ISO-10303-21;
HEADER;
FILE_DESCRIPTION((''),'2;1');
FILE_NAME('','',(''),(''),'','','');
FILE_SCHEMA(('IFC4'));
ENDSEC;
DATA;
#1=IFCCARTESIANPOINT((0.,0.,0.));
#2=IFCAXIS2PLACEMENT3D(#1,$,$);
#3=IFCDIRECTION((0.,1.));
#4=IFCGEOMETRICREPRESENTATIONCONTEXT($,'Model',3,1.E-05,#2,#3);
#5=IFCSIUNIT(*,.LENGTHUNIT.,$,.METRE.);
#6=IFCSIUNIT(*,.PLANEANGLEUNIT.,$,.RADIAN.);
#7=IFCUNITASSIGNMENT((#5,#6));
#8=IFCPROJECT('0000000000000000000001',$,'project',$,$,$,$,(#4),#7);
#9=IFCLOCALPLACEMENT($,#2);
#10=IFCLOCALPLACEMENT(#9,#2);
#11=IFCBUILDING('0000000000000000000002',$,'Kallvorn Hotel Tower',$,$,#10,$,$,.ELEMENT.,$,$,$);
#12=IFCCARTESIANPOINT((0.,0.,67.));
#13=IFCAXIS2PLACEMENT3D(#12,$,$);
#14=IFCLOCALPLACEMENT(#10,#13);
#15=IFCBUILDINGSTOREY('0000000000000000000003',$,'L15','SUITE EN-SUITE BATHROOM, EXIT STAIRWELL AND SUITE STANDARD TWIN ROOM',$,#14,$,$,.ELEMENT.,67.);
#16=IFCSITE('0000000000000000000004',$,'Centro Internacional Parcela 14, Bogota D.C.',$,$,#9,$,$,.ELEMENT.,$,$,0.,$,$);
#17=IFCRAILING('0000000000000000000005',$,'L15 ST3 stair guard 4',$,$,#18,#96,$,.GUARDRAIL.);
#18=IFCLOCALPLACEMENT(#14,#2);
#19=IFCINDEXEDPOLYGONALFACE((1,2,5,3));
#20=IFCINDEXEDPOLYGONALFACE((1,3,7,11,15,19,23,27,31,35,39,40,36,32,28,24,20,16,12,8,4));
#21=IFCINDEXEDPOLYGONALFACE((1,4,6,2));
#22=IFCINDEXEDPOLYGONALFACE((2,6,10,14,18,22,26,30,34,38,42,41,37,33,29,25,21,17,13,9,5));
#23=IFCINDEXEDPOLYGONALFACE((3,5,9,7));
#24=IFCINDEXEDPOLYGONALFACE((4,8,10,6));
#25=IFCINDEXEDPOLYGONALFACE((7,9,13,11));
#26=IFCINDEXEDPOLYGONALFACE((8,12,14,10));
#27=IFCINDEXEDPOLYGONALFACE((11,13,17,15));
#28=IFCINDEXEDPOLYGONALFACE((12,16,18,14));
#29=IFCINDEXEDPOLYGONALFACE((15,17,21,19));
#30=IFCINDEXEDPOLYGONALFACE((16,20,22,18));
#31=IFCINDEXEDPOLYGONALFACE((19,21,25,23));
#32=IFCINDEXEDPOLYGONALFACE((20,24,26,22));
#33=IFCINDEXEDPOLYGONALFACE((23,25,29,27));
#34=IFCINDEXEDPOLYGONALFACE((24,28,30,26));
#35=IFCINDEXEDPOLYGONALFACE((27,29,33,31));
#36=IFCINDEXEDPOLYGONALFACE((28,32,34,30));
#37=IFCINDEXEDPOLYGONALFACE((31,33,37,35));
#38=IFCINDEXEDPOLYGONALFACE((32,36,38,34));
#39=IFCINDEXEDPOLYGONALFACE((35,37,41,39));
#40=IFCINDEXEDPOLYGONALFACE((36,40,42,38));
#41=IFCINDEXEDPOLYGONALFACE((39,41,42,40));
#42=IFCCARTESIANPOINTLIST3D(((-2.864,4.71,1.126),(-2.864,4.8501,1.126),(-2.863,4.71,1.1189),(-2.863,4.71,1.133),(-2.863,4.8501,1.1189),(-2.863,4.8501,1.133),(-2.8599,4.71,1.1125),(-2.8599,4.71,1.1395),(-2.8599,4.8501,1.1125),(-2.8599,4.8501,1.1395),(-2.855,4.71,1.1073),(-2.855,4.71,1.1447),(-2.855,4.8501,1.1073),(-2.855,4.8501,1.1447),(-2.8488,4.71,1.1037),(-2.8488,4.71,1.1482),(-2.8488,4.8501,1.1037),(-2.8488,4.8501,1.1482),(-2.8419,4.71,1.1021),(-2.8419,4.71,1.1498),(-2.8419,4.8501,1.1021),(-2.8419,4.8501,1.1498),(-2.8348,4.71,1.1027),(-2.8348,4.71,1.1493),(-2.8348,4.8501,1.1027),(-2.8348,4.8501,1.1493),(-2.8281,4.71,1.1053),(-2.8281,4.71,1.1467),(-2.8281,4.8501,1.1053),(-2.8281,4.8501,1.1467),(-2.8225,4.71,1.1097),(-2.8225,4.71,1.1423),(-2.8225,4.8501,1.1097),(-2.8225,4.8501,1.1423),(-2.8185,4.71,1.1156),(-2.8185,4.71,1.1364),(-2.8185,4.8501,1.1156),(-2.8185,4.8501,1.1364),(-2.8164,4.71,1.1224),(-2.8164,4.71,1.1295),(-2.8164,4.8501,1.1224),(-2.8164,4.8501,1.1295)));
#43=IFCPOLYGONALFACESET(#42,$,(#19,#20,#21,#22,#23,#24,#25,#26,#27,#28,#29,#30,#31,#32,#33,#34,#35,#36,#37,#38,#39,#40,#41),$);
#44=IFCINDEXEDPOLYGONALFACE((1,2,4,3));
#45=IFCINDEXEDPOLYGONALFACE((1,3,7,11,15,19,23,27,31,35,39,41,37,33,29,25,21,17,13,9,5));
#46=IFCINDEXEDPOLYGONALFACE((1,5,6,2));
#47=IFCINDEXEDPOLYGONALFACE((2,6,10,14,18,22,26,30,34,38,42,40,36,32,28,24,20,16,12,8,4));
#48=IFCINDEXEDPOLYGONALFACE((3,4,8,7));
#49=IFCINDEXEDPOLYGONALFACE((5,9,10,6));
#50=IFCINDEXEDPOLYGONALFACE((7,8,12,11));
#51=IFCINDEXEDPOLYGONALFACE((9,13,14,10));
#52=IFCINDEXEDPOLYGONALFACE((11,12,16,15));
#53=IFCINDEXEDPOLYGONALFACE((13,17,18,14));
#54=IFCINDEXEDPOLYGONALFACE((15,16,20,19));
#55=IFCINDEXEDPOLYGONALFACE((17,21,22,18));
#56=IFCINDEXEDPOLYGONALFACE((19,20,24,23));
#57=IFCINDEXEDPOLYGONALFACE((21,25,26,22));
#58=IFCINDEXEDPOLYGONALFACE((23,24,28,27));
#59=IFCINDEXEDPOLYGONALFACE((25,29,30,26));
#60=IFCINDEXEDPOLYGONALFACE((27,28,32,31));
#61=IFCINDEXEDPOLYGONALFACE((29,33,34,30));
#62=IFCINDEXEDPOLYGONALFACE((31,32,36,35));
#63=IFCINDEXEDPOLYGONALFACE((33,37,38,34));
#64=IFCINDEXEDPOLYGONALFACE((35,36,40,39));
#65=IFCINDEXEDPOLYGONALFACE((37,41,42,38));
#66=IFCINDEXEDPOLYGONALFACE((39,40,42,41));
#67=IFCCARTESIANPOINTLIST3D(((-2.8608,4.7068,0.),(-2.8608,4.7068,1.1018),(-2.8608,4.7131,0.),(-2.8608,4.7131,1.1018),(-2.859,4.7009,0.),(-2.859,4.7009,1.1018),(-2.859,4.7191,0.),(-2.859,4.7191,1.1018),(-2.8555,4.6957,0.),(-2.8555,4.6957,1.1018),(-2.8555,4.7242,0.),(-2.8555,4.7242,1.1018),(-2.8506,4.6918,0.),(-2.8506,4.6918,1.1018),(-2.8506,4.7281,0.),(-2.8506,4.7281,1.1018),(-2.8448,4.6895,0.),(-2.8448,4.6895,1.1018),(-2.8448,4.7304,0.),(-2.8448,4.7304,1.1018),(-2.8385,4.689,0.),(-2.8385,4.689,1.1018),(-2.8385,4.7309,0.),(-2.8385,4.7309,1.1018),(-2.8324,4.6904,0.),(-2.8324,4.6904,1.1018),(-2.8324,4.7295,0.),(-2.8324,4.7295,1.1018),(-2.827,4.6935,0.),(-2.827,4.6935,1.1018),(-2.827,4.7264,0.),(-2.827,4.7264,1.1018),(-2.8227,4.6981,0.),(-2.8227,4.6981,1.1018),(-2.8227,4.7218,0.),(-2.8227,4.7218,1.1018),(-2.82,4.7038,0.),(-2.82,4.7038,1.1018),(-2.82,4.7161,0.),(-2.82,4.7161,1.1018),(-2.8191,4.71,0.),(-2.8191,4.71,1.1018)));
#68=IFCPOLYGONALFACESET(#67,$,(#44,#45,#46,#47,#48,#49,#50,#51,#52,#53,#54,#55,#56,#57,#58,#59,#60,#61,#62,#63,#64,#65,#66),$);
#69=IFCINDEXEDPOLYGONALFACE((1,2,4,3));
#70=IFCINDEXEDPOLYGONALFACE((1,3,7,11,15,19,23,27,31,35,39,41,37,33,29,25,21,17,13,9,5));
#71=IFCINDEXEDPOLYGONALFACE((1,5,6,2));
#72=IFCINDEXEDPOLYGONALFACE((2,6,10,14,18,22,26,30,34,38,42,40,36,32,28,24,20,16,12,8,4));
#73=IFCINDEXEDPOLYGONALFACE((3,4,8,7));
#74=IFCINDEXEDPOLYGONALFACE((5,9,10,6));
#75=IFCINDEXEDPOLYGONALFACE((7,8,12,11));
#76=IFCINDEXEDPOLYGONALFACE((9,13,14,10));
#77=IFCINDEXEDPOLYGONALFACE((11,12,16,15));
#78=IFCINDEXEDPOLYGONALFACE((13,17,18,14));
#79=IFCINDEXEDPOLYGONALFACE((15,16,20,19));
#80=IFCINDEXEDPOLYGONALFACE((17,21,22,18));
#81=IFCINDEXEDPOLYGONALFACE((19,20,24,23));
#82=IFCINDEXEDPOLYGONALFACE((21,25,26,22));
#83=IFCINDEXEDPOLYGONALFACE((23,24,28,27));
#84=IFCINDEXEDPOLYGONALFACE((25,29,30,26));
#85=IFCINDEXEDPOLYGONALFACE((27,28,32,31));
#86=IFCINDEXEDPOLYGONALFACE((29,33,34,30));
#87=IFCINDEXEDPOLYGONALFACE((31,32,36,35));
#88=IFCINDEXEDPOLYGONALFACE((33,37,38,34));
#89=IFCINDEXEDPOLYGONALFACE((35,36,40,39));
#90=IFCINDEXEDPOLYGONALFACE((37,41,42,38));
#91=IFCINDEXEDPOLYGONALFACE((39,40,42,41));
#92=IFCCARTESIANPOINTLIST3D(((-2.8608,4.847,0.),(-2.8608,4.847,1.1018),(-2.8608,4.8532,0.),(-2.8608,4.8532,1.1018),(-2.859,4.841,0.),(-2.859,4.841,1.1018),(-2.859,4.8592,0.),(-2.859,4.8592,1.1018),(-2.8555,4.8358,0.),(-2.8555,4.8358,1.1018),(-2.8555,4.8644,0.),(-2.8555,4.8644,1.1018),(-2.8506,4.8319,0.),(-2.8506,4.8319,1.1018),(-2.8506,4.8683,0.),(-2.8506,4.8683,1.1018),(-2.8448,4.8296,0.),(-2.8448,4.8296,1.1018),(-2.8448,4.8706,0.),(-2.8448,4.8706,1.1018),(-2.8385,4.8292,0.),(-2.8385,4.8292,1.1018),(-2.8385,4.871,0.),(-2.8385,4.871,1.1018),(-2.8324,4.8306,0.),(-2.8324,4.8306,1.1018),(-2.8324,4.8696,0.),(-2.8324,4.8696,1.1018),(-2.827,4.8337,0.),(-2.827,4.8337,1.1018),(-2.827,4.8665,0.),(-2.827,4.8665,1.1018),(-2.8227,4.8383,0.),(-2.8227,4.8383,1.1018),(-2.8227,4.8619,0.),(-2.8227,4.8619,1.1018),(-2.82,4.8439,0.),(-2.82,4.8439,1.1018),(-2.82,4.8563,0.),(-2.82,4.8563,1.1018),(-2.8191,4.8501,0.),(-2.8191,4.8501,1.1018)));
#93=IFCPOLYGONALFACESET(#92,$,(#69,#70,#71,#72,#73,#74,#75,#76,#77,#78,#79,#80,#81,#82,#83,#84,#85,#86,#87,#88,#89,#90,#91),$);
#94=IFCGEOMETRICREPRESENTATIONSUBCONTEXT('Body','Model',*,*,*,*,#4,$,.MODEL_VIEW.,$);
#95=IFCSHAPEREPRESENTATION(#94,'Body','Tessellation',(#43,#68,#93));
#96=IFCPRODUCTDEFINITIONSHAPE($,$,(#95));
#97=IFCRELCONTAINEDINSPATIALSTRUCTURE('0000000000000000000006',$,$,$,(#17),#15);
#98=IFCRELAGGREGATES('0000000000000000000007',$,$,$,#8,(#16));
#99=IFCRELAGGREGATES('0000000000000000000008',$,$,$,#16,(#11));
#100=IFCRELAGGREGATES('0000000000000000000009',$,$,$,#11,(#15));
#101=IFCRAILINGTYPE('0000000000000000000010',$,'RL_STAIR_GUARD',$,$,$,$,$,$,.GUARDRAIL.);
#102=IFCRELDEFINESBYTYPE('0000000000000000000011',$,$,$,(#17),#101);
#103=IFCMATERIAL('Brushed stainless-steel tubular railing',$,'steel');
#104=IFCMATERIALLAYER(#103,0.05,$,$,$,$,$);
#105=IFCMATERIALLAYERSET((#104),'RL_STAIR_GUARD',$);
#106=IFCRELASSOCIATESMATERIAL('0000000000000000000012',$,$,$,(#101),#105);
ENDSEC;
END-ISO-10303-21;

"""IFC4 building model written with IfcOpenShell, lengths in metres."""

from ifc_helpers import new_model, si_unit, direction, frame, origin, origin_2d, place, context, subcontext, project, spatial, circle, extrude, material, layer, layer_set, type_object, element, save


model = new_model("IFC4")

# Units and contexts
model_context = context("Model", 3, precision=1e-05, world=origin(), true_north=direction((0.0, 1.0)))
body_context = subcontext(model_context, "Body", "Model", "MODEL_VIEW")
ifc_project = project(units=[si_unit("LENGTHUNIT", "METRE"), si_unit("PLANEANGLEUNIT", "RADIAN")], contexts=[model_context])

# Site, building, storey
site_placement = place(None, origin())
site = spatial("IfcSite", under=ifc_project, at=site_placement, Name="Centro Internacional Parcela 14, Bogota D.C.", CompositionType="ELEMENT", RefElevation=0.0)
building_placement = place(site_placement, origin())
building = spatial("IfcBuilding", under=site, at=building_placement, Name="Kallvorn Hotel Tower", CompositionType="ELEMENT")
storey_placement = place(building_placement, frame((0.0, 0.0, 67.0)))
storey = spatial("IfcBuildingStorey", under=building, at=storey_placement, Name="L15", Description="SUITE EN-SUITE BATHROOM, EXIT STAIRWELL AND SUITE STANDARD TWIN ROOM", CompositionType="ELEMENT", Elevation=67.0)

# Railing
ifc_material_1 = material(Name="Brushed stainless-steel tubular railing", Category="steel")
ifc_layer_1 = layer(ifc_material_1, 0.05)
ifc_layer_set_1 = layer_set([ifc_layer_1], Name="RL_STAIR_GUARD")
railing_type_1 = type_object("IfcRailingType", Name="RL_STAIR_GUARD", PredefinedType="GUARDRAIL", material=ifc_layer_set_1)
railing_1_placement = place(storey_placement, frame((-2.8401, 4.71, 0.0)))
element("IfcRailing", 1, at=railing_1_placement, inside=storey, type_object=railing_type_1, Name="L15 ST3 stair guard 4", PredefinedType="GUARDRAIL", context=body_context, shape_type="SweptSolid", body=[
    extrude(circle(Radius=0.0239, at=origin_2d()), frame((0.0, 0.0, 1.126), z_axis=(0.0, 1.0, 0.0), x_axis=(-1.0, 0.0, 0.0)), (0.0, 0.0, 1.0), 0.1401),
    extrude(circle(Radius=0.021, at=origin_2d()), origin(), (0.0, 0.0, 1.0), 1.1018),
    extrude(circle(Radius=0.021, at=origin_2d()), frame((0.0, 0.1401, 0.0)), (0.0, 0.0, 1.0), 1.1018),
])

save(model, "model.ifc")
